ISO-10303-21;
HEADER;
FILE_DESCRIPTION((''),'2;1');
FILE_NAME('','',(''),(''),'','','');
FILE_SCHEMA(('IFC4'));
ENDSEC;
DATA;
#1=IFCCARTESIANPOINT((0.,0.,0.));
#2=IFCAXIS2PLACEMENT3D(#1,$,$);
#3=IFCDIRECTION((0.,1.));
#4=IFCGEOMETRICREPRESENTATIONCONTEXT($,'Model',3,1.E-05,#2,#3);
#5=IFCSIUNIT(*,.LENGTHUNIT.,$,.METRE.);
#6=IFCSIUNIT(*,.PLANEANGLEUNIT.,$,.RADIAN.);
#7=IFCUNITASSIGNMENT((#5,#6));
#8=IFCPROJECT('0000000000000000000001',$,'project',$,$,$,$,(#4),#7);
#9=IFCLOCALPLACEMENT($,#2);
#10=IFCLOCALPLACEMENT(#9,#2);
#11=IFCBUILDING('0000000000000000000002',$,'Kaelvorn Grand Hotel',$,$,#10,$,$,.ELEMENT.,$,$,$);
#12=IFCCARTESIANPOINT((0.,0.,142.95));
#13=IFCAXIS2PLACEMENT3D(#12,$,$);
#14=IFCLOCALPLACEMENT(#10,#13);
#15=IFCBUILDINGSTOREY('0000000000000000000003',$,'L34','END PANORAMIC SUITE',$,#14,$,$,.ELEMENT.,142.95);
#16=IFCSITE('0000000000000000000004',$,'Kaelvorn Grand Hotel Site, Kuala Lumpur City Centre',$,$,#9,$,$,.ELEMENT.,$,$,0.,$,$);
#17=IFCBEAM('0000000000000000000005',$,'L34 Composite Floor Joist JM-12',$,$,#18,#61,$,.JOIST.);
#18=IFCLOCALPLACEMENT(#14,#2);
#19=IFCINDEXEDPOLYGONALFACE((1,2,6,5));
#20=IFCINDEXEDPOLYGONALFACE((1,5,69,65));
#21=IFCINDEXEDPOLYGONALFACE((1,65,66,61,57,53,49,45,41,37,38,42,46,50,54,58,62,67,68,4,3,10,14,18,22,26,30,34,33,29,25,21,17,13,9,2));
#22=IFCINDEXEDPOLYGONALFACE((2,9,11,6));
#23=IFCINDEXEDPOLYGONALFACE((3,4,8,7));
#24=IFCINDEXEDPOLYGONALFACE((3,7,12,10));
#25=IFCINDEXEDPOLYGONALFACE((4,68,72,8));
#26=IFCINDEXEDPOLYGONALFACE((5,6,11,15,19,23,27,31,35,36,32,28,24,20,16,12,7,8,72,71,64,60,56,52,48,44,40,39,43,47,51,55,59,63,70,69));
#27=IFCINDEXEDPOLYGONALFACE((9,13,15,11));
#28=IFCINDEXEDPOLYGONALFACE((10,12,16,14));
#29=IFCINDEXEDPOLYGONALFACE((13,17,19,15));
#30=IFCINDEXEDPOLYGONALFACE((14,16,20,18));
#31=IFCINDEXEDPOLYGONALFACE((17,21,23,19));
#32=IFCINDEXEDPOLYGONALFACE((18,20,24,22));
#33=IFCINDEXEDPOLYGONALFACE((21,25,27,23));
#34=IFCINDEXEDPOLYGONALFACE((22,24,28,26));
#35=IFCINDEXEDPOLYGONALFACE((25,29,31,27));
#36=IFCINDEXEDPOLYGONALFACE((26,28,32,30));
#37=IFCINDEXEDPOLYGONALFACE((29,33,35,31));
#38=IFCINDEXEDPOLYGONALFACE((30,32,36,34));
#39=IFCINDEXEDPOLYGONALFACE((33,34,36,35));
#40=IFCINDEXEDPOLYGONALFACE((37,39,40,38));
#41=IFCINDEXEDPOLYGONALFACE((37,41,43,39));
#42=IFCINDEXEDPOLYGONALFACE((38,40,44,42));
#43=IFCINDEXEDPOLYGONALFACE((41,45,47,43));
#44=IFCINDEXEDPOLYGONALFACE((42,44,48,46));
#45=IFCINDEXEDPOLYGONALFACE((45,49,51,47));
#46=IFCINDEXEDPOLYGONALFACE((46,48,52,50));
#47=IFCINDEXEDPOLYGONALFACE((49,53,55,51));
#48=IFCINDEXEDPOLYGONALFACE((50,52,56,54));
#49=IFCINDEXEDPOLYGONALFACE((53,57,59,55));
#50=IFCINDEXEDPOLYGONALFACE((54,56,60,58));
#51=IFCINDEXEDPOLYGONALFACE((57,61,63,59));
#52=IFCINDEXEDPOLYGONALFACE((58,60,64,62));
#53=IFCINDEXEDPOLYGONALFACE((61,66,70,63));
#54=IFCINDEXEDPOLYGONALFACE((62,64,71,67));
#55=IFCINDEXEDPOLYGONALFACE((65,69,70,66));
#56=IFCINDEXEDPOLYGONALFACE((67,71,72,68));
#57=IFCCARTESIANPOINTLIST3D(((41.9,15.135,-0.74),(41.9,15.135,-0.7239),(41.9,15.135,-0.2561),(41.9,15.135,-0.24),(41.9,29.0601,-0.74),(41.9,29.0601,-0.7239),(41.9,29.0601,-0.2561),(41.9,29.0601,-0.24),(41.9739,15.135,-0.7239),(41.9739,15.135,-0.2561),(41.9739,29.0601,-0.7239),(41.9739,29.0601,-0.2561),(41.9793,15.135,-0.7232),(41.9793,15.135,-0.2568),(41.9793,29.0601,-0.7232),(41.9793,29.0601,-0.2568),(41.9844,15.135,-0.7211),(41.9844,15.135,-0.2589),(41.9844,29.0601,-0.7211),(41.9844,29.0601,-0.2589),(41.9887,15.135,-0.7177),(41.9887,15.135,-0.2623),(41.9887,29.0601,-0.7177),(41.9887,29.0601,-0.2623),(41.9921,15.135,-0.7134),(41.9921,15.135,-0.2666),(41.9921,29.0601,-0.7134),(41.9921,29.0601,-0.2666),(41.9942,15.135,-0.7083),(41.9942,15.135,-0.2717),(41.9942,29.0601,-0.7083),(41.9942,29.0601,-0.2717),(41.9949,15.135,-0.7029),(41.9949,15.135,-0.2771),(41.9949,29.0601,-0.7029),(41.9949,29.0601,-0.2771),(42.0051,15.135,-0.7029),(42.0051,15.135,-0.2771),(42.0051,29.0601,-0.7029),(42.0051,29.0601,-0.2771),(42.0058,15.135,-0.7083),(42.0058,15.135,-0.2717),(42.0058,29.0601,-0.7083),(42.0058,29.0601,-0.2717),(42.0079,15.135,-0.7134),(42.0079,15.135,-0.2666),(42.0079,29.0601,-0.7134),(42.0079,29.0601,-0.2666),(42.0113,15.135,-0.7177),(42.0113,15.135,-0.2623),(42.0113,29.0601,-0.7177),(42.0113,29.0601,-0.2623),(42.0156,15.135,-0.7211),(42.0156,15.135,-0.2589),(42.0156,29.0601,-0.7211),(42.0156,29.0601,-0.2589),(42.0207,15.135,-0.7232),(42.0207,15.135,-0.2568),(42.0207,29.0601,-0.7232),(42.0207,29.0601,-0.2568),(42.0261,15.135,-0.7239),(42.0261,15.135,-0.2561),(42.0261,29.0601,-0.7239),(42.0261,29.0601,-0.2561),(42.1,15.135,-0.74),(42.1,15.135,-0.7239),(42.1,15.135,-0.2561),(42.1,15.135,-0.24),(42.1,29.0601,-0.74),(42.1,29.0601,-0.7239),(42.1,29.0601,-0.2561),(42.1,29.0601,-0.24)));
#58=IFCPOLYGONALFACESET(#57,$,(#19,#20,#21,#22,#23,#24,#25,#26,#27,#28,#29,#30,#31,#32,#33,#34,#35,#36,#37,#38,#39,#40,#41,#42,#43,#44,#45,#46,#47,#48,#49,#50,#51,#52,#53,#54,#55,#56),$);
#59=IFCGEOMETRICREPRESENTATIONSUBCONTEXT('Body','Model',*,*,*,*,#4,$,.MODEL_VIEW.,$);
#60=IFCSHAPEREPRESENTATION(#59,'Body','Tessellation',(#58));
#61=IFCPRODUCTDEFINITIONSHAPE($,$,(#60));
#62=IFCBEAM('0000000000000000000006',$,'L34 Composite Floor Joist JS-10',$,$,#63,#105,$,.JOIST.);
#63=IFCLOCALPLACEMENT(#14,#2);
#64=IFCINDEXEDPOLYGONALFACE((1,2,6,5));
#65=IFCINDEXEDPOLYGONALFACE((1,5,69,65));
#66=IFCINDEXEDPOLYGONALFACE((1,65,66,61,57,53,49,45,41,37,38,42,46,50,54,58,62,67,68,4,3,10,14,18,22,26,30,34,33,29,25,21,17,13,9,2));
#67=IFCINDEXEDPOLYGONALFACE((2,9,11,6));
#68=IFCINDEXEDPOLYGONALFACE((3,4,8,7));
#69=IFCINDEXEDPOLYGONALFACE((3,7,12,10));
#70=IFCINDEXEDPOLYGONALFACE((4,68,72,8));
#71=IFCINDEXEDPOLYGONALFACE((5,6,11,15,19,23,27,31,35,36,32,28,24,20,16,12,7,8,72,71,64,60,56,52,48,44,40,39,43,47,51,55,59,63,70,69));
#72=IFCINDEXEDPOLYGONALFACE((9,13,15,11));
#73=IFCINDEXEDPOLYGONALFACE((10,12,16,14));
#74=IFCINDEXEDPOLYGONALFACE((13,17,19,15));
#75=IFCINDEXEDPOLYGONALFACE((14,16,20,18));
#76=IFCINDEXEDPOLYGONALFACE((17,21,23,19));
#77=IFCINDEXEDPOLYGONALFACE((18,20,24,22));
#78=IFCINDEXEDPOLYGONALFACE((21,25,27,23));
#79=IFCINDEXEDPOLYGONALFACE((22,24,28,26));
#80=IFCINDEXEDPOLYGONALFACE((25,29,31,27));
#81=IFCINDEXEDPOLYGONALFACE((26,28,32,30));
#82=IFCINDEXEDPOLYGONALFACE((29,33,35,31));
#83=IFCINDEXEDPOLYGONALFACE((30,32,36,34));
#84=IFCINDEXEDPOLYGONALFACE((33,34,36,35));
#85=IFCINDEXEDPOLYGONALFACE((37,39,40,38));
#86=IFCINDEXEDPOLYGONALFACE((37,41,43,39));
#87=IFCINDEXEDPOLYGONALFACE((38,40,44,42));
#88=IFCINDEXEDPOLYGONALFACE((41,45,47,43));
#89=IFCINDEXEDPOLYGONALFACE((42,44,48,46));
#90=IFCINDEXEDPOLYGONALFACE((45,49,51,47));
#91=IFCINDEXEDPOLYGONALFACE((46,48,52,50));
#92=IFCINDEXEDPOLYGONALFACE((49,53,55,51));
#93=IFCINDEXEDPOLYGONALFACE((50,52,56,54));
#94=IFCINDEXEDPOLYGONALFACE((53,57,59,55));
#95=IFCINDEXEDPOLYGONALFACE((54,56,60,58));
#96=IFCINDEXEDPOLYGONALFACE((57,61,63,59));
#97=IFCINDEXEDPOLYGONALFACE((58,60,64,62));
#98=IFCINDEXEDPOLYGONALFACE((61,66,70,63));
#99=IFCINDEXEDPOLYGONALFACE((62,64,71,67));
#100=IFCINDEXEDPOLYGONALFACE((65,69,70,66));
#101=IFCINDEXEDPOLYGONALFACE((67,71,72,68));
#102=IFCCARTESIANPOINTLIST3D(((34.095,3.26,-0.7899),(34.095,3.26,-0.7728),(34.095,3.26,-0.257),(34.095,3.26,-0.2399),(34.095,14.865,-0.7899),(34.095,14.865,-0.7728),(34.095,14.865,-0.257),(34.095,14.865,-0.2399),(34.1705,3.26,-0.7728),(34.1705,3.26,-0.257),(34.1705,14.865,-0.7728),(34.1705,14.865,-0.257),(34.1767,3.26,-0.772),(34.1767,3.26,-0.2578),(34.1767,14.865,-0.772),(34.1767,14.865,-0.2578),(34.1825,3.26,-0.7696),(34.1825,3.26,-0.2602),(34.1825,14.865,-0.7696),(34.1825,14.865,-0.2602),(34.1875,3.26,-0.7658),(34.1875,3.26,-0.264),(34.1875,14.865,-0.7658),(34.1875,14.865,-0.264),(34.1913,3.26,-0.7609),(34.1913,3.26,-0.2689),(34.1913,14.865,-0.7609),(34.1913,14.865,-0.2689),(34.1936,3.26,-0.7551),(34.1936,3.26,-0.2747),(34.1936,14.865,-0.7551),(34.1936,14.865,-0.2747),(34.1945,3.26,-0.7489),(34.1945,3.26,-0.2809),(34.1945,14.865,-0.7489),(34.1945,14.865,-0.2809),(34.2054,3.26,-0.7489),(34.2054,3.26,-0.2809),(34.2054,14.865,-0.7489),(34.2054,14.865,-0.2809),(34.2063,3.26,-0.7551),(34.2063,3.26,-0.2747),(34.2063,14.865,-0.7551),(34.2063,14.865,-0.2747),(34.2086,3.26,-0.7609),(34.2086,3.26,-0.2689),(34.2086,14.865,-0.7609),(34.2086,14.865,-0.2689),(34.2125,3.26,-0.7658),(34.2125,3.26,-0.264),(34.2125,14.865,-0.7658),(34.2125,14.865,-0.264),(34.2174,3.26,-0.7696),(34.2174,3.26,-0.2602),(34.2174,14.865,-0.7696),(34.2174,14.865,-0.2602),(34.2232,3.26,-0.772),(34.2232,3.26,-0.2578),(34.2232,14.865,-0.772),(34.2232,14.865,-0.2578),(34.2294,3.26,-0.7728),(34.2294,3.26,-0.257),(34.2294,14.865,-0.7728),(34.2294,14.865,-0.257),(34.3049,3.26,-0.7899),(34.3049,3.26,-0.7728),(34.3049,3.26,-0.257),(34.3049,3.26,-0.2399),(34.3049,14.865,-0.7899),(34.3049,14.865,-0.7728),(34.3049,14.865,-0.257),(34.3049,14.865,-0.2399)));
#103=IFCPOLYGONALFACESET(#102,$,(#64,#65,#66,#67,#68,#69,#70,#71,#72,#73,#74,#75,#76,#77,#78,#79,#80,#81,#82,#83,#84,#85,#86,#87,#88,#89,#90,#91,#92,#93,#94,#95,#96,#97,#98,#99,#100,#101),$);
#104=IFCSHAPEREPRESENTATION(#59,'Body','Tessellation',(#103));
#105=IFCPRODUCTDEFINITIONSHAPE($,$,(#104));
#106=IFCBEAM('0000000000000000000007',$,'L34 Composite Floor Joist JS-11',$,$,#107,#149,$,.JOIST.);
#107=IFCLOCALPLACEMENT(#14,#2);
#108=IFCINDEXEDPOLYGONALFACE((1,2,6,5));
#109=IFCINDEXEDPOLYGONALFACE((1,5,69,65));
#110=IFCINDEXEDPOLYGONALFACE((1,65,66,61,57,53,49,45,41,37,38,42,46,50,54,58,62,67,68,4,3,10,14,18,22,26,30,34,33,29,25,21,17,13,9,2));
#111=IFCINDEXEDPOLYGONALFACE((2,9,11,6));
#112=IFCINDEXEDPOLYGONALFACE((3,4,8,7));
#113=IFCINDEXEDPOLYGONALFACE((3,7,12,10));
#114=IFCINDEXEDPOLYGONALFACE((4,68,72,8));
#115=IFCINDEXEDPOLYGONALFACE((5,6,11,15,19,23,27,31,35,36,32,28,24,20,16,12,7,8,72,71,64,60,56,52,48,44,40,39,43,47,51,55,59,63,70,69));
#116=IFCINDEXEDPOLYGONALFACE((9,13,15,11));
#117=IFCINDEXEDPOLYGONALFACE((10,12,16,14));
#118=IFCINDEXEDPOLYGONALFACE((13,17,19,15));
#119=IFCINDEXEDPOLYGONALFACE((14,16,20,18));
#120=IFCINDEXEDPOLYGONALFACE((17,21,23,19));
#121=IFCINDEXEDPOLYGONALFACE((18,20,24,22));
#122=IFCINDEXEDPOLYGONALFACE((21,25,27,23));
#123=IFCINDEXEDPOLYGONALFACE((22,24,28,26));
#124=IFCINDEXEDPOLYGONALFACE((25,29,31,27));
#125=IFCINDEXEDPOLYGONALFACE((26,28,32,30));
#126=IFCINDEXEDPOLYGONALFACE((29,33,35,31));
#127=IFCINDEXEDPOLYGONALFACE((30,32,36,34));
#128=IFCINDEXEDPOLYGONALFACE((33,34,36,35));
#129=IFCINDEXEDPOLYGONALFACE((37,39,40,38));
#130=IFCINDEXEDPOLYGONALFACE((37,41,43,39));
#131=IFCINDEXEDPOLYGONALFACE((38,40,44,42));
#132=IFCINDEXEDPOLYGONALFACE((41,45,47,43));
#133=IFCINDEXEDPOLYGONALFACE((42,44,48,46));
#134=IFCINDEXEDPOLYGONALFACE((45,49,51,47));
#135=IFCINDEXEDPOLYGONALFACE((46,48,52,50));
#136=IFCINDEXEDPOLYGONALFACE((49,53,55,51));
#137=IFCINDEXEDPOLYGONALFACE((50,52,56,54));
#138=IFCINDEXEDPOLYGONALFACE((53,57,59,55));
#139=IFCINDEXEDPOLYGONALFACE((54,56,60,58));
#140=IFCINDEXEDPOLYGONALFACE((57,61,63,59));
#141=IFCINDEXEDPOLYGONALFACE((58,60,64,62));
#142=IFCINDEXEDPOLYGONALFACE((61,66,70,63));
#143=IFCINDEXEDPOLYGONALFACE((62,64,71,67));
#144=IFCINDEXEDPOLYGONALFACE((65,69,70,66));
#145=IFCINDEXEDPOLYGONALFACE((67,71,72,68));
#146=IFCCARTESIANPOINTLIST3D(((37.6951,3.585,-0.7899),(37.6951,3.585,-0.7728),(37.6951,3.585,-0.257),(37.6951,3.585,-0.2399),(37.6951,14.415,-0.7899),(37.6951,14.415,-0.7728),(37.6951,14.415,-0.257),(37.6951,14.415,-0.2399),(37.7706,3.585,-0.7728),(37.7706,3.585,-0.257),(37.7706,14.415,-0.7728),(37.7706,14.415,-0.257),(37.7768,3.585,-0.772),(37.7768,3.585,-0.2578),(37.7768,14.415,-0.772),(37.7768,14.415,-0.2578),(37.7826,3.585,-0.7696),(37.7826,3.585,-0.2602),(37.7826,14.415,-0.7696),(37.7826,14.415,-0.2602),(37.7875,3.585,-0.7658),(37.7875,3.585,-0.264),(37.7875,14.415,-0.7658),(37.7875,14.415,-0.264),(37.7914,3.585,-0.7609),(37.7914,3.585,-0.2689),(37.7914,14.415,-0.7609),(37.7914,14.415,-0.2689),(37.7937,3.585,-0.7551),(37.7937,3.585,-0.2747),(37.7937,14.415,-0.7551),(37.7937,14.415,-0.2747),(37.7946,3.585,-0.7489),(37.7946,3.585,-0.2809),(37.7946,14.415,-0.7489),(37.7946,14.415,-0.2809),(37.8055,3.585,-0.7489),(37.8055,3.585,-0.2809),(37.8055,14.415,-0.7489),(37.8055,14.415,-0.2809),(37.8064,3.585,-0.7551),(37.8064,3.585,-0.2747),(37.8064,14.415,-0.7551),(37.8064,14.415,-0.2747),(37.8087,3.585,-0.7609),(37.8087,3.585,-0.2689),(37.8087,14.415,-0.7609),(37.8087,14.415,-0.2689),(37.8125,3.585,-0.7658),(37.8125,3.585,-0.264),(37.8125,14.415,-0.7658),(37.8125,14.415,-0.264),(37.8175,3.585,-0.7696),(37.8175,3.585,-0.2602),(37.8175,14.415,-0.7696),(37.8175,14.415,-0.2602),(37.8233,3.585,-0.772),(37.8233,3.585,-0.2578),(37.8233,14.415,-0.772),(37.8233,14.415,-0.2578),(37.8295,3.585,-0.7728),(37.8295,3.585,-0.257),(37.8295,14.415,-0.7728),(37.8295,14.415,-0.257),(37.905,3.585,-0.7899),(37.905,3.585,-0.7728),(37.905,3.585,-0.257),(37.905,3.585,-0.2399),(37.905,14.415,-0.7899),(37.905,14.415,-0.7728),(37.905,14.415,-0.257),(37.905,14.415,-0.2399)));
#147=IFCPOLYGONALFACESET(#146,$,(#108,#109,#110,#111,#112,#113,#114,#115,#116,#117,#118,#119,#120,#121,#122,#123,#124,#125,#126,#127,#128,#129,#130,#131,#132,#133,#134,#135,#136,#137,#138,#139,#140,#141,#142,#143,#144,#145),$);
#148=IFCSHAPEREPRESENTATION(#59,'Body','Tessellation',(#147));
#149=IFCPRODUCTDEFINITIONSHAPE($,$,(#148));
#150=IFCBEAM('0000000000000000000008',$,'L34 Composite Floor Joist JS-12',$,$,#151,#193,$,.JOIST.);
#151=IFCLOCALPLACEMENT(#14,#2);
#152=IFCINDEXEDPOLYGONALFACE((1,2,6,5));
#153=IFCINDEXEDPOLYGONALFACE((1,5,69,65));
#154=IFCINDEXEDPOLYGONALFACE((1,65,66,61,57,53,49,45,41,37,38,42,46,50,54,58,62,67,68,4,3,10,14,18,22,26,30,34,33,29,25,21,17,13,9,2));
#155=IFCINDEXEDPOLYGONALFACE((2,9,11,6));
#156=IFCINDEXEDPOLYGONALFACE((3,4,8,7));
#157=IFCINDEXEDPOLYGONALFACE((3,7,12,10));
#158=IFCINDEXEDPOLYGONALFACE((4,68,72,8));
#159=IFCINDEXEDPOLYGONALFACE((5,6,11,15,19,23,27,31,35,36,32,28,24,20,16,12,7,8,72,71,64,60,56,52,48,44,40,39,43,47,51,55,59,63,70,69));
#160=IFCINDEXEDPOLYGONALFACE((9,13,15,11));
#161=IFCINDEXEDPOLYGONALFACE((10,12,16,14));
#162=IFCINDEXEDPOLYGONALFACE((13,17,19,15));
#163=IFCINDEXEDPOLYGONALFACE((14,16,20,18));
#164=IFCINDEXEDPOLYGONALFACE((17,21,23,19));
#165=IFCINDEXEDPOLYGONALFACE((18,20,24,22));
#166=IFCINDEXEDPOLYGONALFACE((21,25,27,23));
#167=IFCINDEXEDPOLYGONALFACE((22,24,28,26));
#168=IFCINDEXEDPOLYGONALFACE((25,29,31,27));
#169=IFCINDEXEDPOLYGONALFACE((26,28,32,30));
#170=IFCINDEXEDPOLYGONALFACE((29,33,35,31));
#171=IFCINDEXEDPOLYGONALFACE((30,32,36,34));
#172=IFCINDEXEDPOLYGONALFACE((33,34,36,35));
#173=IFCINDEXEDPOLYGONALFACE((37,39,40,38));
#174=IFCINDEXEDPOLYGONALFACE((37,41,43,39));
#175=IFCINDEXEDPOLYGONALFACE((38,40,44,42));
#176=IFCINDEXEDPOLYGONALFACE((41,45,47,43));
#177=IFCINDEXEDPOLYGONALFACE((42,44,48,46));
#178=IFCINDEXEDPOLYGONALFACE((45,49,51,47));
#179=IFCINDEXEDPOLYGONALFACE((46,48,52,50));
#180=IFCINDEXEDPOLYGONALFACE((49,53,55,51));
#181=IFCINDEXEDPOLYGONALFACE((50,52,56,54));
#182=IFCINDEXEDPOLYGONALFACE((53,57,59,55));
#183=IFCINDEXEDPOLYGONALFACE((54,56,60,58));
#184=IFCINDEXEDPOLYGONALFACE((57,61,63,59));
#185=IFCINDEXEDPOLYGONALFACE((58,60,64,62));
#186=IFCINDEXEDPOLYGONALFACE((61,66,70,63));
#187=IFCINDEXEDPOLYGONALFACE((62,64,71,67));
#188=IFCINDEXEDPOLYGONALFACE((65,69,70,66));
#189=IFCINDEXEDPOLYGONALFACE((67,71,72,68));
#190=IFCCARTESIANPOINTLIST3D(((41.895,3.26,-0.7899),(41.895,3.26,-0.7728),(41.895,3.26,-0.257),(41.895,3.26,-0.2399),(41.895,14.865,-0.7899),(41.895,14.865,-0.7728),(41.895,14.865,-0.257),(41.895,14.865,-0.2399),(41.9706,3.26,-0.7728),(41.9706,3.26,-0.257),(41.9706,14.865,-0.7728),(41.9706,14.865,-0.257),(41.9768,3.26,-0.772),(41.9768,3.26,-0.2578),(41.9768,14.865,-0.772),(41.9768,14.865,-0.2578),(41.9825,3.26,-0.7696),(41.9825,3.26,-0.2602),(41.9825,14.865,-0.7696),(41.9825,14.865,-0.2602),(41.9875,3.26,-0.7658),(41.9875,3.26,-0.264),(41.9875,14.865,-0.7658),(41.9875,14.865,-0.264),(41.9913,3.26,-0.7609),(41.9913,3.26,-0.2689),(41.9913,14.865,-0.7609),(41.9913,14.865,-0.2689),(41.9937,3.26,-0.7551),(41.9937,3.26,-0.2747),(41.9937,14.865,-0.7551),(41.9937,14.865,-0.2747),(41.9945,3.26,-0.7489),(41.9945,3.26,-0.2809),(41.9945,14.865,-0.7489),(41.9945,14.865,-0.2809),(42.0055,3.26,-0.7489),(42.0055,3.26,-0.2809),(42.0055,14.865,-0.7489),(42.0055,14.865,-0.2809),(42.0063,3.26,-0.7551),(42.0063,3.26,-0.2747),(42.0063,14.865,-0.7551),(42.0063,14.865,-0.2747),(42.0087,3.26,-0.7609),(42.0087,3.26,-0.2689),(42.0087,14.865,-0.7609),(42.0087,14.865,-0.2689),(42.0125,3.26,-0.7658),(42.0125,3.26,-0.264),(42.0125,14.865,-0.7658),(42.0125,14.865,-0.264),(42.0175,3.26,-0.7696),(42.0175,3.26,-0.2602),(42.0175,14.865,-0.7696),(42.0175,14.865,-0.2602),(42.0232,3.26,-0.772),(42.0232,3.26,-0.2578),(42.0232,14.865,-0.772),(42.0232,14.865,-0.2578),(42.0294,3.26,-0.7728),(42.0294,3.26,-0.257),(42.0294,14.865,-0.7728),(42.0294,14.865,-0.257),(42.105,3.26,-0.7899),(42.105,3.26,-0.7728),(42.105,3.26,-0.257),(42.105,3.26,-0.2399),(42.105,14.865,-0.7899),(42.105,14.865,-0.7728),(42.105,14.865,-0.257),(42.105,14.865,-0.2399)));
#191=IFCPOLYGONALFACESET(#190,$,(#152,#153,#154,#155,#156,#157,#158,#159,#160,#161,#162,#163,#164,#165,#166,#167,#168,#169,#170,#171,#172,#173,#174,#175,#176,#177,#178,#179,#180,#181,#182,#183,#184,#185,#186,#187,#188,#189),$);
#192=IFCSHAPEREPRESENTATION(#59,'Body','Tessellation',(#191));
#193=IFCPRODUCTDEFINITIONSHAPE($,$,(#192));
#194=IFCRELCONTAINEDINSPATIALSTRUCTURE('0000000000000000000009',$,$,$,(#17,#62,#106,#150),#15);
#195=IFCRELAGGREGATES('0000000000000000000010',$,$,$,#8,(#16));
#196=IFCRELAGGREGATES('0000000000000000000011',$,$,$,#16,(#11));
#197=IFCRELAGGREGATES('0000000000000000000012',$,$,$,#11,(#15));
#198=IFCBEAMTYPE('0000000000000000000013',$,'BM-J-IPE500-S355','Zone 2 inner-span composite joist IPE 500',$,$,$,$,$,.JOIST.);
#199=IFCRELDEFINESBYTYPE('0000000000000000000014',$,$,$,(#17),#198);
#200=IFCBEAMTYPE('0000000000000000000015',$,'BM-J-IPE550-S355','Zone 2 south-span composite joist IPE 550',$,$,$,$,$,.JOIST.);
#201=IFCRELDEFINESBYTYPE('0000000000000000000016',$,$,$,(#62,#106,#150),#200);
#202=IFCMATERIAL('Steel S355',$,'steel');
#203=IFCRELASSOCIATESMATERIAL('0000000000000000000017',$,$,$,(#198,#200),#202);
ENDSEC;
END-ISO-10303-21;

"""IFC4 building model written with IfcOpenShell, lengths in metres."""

from ifc_helpers import new_model, si_unit, direction, frame, origin, origin_2d, place, context, subcontext, project, spatial, i_section, extrude, material, material_profile, profile_set, type_object, element, save


model = new_model("IFC4")

# Units and contexts
model_context = context("Model", 3, precision=1e-05, world=origin(), true_north=direction((0.0, 1.0)))
body_context = subcontext(model_context, "Body", "Model", "MODEL_VIEW")
ifc_project = project(units=[si_unit("LENGTHUNIT", "METRE"), si_unit("PLANEANGLEUNIT", "RADIAN")], contexts=[model_context])

# Site, building, storey
site_placement = place(None, origin())
site = spatial("IfcSite", under=ifc_project, at=site_placement, Name="Kaelvorn Grand Hotel Site, Kuala Lumpur City Centre", CompositionType="ELEMENT", RefElevation=0.0)
building_placement = place(site_placement, origin())
building = spatial("IfcBuilding", under=site, at=building_placement, Name="Kaelvorn Grand Hotel", CompositionType="ELEMENT")
storey_placement = place(building_placement, frame((0.0, 0.0, 142.95)))
storey = spatial("IfcBuildingStorey", under=building, at=storey_placement, Name="L34", Description="END PANORAMIC SUITE", CompositionType="ELEMENT", Elevation=142.95)

# Beams
ifc_material_1 = material(Name="Steel S355", Category="steel")
ifc_material_profile_1 = material_profile(ifc_material_1, i_section(OverallWidth=0.2, OverallDepth=0.5, WebThickness=0.0103, FlangeThickness=0.0161, FilletRadius=0.021, at=origin_2d()), Name="IPE 500")
ifc_profile_set_1 = profile_set([ifc_material_profile_1], Name="Steel S355")
beam_type_1 = type_object("IfcBeamType", Name="BM-J-IPE500-S355", Description="Zone 2 inner-span composite joist IPE 500", PredefinedType="JOIST", material=ifc_profile_set_1)
beam_1_placement = place(storey_placement, frame((42.0, 15.135, -0.49), z_axis=(0.0, 1.0, 0.0), x_axis=(-1.0, 0.0, 0.0)))
element("IfcBeam", 1, at=beam_1_placement, inside=storey, type_object=beam_type_1, Name="L34 Composite Floor Joist JM-12", PredefinedType="JOIST", context=body_context, shape_type="SweptSolid", body=[
    extrude(i_section(OverallWidth=0.2, OverallDepth=0.5, WebThickness=0.0103, FlangeThickness=0.0161, FilletRadius=0.021, at=origin_2d()), origin(), (0.0, 0.0, 1.0), 13.925),
])
ifc_material_profile_2 = material_profile(ifc_material_1, i_section(OverallWidth=0.21, OverallDepth=0.55, WebThickness=0.011, FlangeThickness=0.0171, FilletRadius=0.0239, at=origin_2d()), Name="IPE 550")
ifc_profile_set_2 = profile_set([ifc_material_profile_2], Name="Steel S355")
beam_type_2 = type_object("IfcBeamType", Name="BM-J-IPE550-S355", Description="Zone 2 south-span composite joist IPE 550", PredefinedType="JOIST", material=ifc_profile_set_2)
beam_2_placement = place(storey_placement, frame((34.2, 3.26, -0.5149), z_axis=(0.0, 1.0, 0.0), x_axis=(-1.0, 0.0, 0.0)))
element("IfcBeam", 2, at=beam_2_placement, inside=storey, type_object=beam_type_2, Name="L34 Composite Floor Joist JS-10", PredefinedType="JOIST", context=body_context, shape_type="SweptSolid", body=[
    extrude(i_section(OverallWidth=0.21, OverallDepth=0.55, WebThickness=0.011, FlangeThickness=0.0171, FilletRadius=0.0239, at=origin_2d()), origin(), (0.0, 0.0, 1.0), 11.605),
])
beam_3_placement = place(storey_placement, frame((37.8, 3.585, -0.5149), z_axis=(0.0, 1.0, 0.0), x_axis=(-1.0, 0.0, 0.0)))
element("IfcBeam", 3, at=beam_3_placement, inside=storey, type_object=beam_type_2, Name="L34 Composite Floor Joist JS-11", PredefinedType="JOIST", context=body_context, shape_type="SweptSolid", body=[
    extrude(i_section(OverallWidth=0.21, OverallDepth=0.55, WebThickness=0.011, FlangeThickness=0.0171, FilletRadius=0.0239, at=origin_2d()), origin(), (0.0, 0.0, 1.0), 10.8301),
])
beam_4_placement = place(storey_placement, frame((42.0, 3.26, -0.5149), z_axis=(0.0, 1.0, 0.0), x_axis=(-1.0, 0.0, 0.0)))
element("IfcBeam", 4, at=beam_4_placement, inside=storey, type_object=beam_type_2, Name="L34 Composite Floor Joist JS-12", PredefinedType="JOIST", context=body_context, shape_type="SweptSolid", body=[
    extrude(i_section(OverallWidth=0.21, OverallDepth=0.55, WebThickness=0.011, FlangeThickness=0.0171, FilletRadius=0.0239, at=origin_2d()), origin(), (0.0, 0.0, 1.0), 11.605),
])

save(model, "model.ifc")
